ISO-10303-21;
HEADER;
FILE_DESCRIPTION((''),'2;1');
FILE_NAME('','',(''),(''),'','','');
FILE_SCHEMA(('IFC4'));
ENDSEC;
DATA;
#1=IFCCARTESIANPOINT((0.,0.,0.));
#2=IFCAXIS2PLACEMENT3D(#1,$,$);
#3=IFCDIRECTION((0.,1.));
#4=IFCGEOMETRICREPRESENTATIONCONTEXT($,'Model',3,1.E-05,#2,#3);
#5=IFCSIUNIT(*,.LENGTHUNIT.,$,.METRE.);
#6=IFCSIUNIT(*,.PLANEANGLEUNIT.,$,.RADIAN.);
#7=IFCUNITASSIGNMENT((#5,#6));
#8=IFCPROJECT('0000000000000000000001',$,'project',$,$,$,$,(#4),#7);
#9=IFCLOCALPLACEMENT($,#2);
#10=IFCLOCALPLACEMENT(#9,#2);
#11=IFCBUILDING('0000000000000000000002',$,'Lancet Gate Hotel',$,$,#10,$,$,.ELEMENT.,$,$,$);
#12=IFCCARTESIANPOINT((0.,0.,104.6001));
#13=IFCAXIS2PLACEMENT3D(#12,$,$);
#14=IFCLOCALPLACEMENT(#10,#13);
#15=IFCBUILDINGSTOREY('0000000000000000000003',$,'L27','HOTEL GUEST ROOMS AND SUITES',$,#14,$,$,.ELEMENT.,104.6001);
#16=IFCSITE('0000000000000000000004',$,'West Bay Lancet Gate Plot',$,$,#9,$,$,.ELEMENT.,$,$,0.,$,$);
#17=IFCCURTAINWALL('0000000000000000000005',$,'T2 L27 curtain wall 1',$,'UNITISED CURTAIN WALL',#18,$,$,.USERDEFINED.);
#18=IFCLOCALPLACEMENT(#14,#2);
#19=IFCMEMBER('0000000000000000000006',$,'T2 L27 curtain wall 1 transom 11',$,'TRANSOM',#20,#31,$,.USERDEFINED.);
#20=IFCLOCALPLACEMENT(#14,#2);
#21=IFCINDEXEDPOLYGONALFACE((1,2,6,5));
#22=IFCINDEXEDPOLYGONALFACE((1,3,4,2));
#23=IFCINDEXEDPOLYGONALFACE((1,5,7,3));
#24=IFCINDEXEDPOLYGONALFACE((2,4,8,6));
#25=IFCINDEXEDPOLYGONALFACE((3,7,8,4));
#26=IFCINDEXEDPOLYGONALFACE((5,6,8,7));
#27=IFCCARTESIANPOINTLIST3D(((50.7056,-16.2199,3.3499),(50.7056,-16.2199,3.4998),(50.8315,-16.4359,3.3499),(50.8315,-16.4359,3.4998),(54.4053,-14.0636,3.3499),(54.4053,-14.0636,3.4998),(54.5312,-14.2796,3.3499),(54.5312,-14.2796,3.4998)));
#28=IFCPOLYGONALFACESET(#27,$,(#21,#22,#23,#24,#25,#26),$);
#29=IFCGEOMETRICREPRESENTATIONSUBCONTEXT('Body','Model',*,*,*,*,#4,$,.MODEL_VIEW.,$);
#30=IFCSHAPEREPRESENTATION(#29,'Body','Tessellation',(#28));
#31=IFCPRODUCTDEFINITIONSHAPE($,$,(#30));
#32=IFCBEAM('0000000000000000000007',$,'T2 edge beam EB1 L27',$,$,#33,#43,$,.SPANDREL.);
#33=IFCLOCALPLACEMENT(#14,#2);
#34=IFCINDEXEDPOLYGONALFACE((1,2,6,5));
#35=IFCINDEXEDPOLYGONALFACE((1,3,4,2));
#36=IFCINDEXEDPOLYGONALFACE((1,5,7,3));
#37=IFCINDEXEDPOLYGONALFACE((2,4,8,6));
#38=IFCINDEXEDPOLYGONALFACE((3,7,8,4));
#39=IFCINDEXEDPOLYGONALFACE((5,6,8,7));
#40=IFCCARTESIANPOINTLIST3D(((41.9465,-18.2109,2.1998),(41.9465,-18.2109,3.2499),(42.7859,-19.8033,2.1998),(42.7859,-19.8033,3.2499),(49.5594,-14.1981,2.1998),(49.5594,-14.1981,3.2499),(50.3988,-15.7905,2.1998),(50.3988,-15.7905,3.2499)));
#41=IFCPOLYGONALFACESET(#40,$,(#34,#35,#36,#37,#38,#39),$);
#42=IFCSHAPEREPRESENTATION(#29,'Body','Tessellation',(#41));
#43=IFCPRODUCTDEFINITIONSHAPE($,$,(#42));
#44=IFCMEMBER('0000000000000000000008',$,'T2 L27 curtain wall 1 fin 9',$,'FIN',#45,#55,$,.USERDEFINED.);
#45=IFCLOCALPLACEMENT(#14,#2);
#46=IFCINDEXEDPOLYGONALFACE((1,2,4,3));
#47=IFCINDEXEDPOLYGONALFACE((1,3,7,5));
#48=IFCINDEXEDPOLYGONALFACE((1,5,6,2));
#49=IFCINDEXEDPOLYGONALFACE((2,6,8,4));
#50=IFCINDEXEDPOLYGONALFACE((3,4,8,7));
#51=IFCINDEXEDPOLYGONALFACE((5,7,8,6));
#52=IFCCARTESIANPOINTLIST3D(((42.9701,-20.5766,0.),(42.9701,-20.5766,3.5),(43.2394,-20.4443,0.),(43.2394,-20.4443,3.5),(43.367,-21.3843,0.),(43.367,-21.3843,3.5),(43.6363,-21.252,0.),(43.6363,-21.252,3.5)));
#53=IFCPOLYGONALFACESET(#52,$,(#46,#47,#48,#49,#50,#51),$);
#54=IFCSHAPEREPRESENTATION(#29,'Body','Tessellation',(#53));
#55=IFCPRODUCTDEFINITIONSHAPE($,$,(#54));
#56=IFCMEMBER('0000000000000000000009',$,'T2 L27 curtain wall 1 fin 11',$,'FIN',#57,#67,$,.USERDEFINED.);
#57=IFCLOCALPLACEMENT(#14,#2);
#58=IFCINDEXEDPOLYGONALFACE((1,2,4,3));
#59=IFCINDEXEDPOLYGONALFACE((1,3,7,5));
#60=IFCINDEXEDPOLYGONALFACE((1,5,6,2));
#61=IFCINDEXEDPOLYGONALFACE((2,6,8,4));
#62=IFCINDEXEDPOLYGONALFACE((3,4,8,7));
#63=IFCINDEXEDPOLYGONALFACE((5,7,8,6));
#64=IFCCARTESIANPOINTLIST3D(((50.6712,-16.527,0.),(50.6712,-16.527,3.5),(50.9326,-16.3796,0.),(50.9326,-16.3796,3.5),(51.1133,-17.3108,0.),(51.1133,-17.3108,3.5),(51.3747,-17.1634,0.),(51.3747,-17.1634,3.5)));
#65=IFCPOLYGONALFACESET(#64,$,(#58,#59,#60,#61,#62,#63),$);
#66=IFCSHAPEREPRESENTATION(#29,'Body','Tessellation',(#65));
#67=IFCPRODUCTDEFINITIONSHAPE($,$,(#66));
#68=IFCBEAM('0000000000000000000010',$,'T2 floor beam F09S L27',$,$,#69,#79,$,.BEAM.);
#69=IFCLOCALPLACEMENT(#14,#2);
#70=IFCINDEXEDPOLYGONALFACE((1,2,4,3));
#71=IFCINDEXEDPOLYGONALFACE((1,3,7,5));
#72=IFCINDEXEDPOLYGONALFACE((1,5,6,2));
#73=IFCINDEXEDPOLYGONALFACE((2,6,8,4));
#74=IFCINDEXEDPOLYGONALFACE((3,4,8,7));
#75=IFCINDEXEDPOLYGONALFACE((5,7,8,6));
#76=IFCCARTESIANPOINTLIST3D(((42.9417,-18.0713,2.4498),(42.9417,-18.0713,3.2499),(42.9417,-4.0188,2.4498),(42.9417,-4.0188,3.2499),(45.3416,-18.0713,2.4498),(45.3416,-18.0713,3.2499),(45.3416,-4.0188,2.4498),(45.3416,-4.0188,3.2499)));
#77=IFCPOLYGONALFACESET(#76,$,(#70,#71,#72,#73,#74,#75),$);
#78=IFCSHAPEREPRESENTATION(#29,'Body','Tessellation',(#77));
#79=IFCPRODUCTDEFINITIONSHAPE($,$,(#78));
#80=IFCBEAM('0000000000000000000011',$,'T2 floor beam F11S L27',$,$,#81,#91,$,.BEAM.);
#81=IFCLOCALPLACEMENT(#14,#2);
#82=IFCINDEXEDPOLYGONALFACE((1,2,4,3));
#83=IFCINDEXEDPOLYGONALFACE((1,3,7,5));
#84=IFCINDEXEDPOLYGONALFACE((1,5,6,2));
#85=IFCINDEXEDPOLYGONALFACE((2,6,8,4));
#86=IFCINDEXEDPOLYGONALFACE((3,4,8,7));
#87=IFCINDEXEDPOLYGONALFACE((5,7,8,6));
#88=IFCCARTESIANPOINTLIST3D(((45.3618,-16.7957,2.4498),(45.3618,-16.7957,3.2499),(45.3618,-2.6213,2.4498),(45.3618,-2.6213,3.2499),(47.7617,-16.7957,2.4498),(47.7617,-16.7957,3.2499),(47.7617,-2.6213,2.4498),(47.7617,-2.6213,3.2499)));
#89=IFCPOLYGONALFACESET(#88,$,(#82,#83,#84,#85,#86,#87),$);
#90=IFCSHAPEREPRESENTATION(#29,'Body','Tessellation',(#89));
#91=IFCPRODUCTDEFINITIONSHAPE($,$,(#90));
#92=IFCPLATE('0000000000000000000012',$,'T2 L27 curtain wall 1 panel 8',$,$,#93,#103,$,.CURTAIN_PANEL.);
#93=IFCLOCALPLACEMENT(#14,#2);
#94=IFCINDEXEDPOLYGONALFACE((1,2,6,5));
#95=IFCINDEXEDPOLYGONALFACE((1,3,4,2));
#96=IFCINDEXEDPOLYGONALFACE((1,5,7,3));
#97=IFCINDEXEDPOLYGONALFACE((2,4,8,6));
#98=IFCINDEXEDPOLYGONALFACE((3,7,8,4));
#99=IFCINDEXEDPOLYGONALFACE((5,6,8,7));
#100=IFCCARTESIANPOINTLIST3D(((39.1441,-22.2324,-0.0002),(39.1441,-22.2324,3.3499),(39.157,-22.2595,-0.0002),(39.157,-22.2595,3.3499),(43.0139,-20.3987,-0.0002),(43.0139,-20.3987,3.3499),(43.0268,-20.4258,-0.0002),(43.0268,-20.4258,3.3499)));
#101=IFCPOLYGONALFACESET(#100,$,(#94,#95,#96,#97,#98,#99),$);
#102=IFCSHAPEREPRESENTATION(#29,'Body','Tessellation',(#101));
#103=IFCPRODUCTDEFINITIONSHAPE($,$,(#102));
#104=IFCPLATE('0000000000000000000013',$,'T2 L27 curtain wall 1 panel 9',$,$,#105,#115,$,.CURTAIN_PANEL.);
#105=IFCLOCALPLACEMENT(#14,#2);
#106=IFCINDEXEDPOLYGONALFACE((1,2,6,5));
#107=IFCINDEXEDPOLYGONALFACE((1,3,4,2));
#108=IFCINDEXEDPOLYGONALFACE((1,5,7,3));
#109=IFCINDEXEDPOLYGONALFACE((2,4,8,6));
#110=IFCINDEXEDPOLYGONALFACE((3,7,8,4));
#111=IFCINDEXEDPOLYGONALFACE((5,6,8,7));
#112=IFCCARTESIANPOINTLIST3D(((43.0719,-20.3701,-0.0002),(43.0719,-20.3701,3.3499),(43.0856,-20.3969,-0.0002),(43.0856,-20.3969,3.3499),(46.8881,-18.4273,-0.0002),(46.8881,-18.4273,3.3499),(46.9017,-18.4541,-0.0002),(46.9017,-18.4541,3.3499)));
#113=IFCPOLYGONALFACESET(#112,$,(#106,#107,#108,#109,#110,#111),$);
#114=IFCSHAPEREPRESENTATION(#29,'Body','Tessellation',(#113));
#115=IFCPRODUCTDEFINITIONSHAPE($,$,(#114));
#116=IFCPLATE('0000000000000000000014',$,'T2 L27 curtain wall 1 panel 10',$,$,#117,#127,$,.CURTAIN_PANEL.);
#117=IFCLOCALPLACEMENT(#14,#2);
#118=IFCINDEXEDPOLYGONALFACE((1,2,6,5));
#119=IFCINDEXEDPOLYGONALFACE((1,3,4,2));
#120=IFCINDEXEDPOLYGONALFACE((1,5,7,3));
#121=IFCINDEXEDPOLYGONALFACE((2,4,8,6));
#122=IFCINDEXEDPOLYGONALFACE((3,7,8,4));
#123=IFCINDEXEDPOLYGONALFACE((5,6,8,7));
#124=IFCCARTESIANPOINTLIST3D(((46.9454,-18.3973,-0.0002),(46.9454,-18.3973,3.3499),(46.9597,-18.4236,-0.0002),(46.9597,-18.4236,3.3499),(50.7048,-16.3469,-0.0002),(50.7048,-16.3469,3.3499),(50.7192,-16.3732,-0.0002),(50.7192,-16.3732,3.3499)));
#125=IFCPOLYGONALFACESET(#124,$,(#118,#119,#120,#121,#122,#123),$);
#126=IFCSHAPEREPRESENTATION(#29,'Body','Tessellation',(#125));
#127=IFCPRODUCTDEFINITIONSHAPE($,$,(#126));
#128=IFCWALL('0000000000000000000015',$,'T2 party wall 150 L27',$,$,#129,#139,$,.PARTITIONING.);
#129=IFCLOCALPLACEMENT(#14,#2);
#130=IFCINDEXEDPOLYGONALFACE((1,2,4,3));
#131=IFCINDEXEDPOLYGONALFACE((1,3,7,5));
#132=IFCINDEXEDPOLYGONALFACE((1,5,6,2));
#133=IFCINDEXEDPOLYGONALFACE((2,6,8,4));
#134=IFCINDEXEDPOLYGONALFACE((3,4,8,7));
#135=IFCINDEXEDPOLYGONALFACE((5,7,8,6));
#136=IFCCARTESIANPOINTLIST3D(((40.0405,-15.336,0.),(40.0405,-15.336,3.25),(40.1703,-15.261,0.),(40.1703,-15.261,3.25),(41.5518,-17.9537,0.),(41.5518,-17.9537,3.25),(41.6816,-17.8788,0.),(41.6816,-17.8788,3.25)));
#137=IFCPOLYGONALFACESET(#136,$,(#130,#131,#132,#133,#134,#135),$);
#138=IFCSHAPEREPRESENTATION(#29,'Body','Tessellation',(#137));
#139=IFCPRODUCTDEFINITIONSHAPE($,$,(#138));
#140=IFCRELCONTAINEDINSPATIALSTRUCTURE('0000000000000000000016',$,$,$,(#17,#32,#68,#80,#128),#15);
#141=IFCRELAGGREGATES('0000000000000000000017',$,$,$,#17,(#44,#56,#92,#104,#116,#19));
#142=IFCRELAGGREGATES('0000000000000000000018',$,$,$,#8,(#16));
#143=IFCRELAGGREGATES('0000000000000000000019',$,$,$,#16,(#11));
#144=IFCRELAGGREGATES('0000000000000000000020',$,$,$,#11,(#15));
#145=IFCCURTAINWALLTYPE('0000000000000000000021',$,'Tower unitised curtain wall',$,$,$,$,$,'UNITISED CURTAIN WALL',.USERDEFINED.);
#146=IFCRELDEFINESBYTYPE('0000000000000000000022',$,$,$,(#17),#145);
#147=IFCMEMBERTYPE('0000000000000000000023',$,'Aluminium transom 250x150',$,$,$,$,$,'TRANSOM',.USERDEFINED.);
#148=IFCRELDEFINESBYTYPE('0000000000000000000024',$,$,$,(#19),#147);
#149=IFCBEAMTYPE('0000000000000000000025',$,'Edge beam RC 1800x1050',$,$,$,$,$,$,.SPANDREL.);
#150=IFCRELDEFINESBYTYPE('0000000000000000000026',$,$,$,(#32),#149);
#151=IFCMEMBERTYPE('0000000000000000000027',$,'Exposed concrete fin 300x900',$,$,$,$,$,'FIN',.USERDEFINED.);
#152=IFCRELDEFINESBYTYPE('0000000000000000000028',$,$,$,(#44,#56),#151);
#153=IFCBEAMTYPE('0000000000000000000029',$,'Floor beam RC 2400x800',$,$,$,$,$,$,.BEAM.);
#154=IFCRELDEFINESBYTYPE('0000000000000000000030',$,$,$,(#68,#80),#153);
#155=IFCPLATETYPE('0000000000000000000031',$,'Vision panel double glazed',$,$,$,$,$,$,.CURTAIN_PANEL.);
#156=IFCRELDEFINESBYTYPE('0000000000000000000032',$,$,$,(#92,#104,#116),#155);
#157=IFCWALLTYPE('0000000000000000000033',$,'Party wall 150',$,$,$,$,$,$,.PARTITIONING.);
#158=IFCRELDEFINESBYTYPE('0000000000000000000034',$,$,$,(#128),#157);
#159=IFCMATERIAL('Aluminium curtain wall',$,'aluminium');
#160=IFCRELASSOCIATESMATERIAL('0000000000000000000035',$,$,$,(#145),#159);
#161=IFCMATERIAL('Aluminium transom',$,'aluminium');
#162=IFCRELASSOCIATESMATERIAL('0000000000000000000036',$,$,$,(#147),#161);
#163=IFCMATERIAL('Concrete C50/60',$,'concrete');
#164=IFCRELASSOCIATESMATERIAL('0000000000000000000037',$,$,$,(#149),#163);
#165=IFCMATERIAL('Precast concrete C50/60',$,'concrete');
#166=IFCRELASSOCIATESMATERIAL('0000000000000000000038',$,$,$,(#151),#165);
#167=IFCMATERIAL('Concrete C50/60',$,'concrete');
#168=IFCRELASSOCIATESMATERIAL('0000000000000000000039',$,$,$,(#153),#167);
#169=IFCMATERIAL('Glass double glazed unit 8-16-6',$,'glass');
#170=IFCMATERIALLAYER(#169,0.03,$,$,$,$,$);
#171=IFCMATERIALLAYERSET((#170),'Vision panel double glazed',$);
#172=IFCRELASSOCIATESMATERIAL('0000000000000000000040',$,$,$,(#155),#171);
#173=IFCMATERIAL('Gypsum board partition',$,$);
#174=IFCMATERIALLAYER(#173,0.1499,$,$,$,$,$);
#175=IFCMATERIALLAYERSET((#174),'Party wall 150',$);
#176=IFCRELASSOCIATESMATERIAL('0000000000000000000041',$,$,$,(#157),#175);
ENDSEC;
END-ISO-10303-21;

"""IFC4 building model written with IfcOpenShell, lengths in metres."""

from ifc_helpers import new_model, si_unit, direction, frame, frame_2d, origin, origin_2d, place, context, subcontext, project, spatial, rectangle, extrude, material, layer, layer_set, material_profile, profile_set, type_object, element, aggregate, save


model = new_model("IFC4")

# Units and contexts
model_context = context("Model", 3, precision=1e-05, world=origin(), true_north=direction((0.0, 1.0)))
body_context = subcontext(model_context, "Body", "Model", "MODEL_VIEW")
ifc_project = project(units=[si_unit("LENGTHUNIT", "METRE"), si_unit("PLANEANGLEUNIT", "RADIAN")], contexts=[model_context])

# Site, building, storey
site_placement = place(None, origin())
site = spatial("IfcSite", under=ifc_project, at=site_placement, Name="West Bay Lancet Gate Plot", CompositionType="ELEMENT", RefElevation=0.0)
building_placement = place(site_placement, origin())
building = spatial("IfcBuilding", under=site, at=building_placement, Name="Lancet Gate Hotel", CompositionType="ELEMENT")
storey_placement = place(building_placement, frame((0.0, 0.0, 104.6001)))
storey = spatial("IfcBuildingStorey", under=building, at=storey_placement, Name="L27", Description="HOTEL GUEST ROOMS AND SUITES", CompositionType="ELEMENT", Elevation=104.6001)

# Curtain wall, member
ifc_material_1 = material(Name="Aluminium curtain wall", Category="aluminium")
curtain_wall_type = type_object("IfcCurtainWallType", Name="Tower unitised curtain wall", ElementType="UNITISED CURTAIN WALL", PredefinedType="USERDEFINED", material=ifc_material_1)
curtain_wall_placement = place(storey_placement, origin())
curtain_wall = element("IfcCurtainWall", 1, at=curtain_wall_placement, inside=storey, type_object=curtain_wall_type, Name="T2 L27 curtain wall 1", ObjectType="UNITISED CURTAIN WALL", PredefinedType="USERDEFINED")
ifc_material_2 = material(Name="Aluminium transom", Category="aluminium")
ifc_material_profile_1 = material_profile(ifc_material_2, rectangle(XDim=0.25, YDim=0.1499, at=origin_2d()), Name="TRANSOM 250x150")
ifc_profile_set_1 = profile_set([ifc_material_profile_1], Name="Aluminium transom")
member_type_1 = type_object("IfcMemberType", Name="Aluminium transom 250x150", ElementType="TRANSOM", PredefinedType="USERDEFINED", material=ifc_profile_set_1)
member_1_placement = place(storey_placement, frame((50.7686, -16.3279, 3.4248), z_axis=(0.863973, 0.503538, 0.0), x_axis=(-0.503538, 0.863973, 0.0)))
member_1 = element("IfcMember", 2, at=member_1_placement, type_object=member_type_1, Name="T2 L27 curtain wall 1 transom 11", ObjectType="TRANSOM", PredefinedType="USERDEFINED", context=body_context, shape_type="SweptSolid", body=[
    extrude(rectangle(XDim=0.25, YDim=0.1499, at=origin_2d()), origin(), (0.0, 0.0, 1.0), 4.2822),
])

# Beam
ifc_material_3 = material(Name="Concrete C50/60", Category="concrete")
ifc_material_profile_2 = material_profile(ifc_material_3, rectangle(XDim=1.8, YDim=1.05, at=origin_2d()), Name="RC 1800x1050")
ifc_profile_set_2 = profile_set([ifc_material_profile_2], Name="Concrete C50/60")
beam_type_1 = type_object("IfcBeamType", Name="Edge beam RC 1800x1050", PredefinedType="SPANDREL", material=ifc_profile_set_2)
beam_1_placement = place(storey_placement, frame((42.3662, -19.0071, 2.7249), z_axis=(0.884633, 0.466289, 0.0), x_axis=(-0.466289, 0.884633, 0.0)))
element("IfcBeam", 3, at=beam_1_placement, inside=storey, type_object=beam_type_1, Name="T2 edge beam EB1 L27", PredefinedType="SPANDREL", context=body_context, shape_type="SweptSolid", body=[
    extrude(rectangle(XDim=1.8, YDim=1.05, at=origin_2d()), origin(), (0.0, 0.0, 1.0), 8.6057),
])

# Members
ifc_material_4 = material(Name="Precast concrete C50/60", Category="concrete")
ifc_material_profile_3 = material_profile(ifc_material_4, rectangle(XDim=0.3, YDim=0.8999, at=origin_2d()), Name="FIN 300x900")
ifc_profile_set_3 = profile_set([ifc_material_profile_3], Name="Precast concrete C50/60")
member_type_2 = type_object("IfcMemberType", Name="Exposed concrete fin 300x900", ElementType="FIN", PredefinedType="USERDEFINED", material=ifc_profile_set_3)
member_2_placement = place(storey_placement, frame((43.3032, -20.9143, 0.0), z_axis=(0.0, 0.0, 1.0), x_axis=(0.897512, 0.44099, 0.0)))
member_2 = element("IfcMember", 4, at=member_2_placement, type_object=member_type_2, Name="T2 L27 curtain wall 1 fin 9", ObjectType="FIN", PredefinedType="USERDEFINED", context=body_context, shape_type="SweptSolid", body=[
    extrude(rectangle(XDim=0.3, YDim=0.8999, at=origin_2d()), origin(), (0.0, 0.0, 1.0), 3.5),
])
member_3_placement = place(storey_placement, frame((51.0229, -16.8452, 0.0), z_axis=(0.0, 0.0, 1.0), x_axis=(0.871029, 0.491232, 0.0)))
member_3 = element("IfcMember", 5, at=member_3_placement, type_object=member_type_2, Name="T2 L27 curtain wall 1 fin 11", ObjectType="FIN", PredefinedType="USERDEFINED", context=body_context, shape_type="SweptSolid", body=[
    extrude(rectangle(XDim=0.3, YDim=0.8999, at=origin_2d()), origin(), (0.0, 0.0, 1.0), 3.5),
])

# Beams
ifc_material_5 = material(Name="Concrete C50/60", Category="concrete")
ifc_material_profile_4 = material_profile(ifc_material_5, rectangle(XDim=2.3999, YDim=0.8, at=origin_2d()), Name="RC 2400x800")
ifc_profile_set_4 = profile_set([ifc_material_profile_4], Name="Concrete C50/60")
beam_type_2 = type_object("IfcBeamType", Name="Floor beam RC 2400x800", PredefinedType="BEAM", material=ifc_profile_set_4)
beam_2_placement = place(storey_placement, frame((44.1416, -18.0713, 2.8499), z_axis=(0.0, 1.0, 0.0), x_axis=(-1.0, 0.0, 0.0)))
element("IfcBeam", 6, at=beam_2_placement, inside=storey, type_object=beam_type_2, Name="T2 floor beam F09S L27", PredefinedType="BEAM", context=body_context, shape_type="SweptSolid", body=[
    extrude(rectangle(XDim=2.3999, YDim=0.8, at=origin_2d()), origin(), (0.0, 0.0, 1.0), 14.0525),
])
beam_3_placement = place(storey_placement, frame((46.5618, -16.7957, 2.8499), z_axis=(0.0, 1.0, 0.0), x_axis=(-1.0, 0.0, 0.0)))
element("IfcBeam", 7, at=beam_3_placement, inside=storey, type_object=beam_type_2, Name="T2 floor beam F11S L27", PredefinedType="BEAM", context=body_context, shape_type="SweptSolid", body=[
    extrude(rectangle(XDim=2.3999, YDim=0.8, at=origin_2d()), origin(), (0.0, 0.0, 1.0), 14.1743),
])

# Plates
ifc_material_6 = material(Name="Glass double glazed unit 8-16-6", Category="glass")
ifc_layer_1 = layer(ifc_material_6, 0.03)
ifc_layer_set_1 = layer_set([ifc_layer_1], Name="Vision panel double glazed")
plate_type = type_object("IfcPlateType", Name="Vision panel double glazed", PredefinedType="CURTAIN_PANEL", material=ifc_layer_set_1)
plate_1_placement = place(storey_placement, frame((41.0854, -21.3291, -0.0002), z_axis=(0.0, 0.0, 1.0), x_axis=(0.903683, 0.428201, 0.0)))
plate_1 = element("IfcPlate", 8, at=plate_1_placement, type_object=plate_type, Name="T2 L27 curtain wall 1 panel 8", PredefinedType="CURTAIN_PANEL", context=body_context, shape_type="SweptSolid", body=[
    extrude(rectangle(XDim=4.2822, YDim=0.03, at=origin_2d()), origin(), (0.0, 0.0, 1.0), 3.3501),
])
plate_2_placement = place(storey_placement, frame((44.9868, -19.4121, -0.0002), z_axis=(0.0, 0.0, 1.0), x_axis=(0.891159, 0.45369, 0.0)))
plate_2 = element("IfcPlate", 9, at=plate_2_placement, type_object=plate_type, Name="T2 L27 curtain wall 1 panel 9", PredefinedType="CURTAIN_PANEL", context=body_context, shape_type="SweptSolid", body=[
    extrude(rectangle(XDim=4.2822, YDim=0.03, at=origin_2d()), origin(), (0.0, 0.0, 1.0), 3.3501),
])
plate_3_placement = place(storey_placement, frame((48.8323, -17.3853, -0.0002), z_axis=(0.0, 0.0, 1.0), x_axis=(0.877916, 0.478814, 0.0)))
plate_3 = element("IfcPlate", 10, at=plate_3_placement, type_object=plate_type, Name="T2 L27 curtain wall 1 panel 10", PredefinedType="CURTAIN_PANEL", context=body_context, shape_type="SweptSolid", body=[
    extrude(rectangle(XDim=4.2822, YDim=0.03, at=origin_2d()), origin(), (0.0, 0.0, 1.0), 3.3501),
])
aggregate(curtain_wall, [member_2, member_3, plate_1, plate_2, plate_3, member_1])

# Wall
ifc_material_7 = material(Name="Gypsum board partition")
ifc_layer_2 = layer(ifc_material_7, 0.1499)
ifc_layer_set_2 = layer_set([ifc_layer_2], Name="Party wall 150")
wall_type = type_object("IfcWallType", Name="Party wall 150", PredefinedType="PARTITIONING", material=ifc_layer_set_2)
wall_placement = place(storey_placement, frame((40.1055, -15.2986, 0.0), z_axis=(0.0, 0.0, 1.0), x_axis=(0.499979, -0.866038, 0.0)))
element("IfcWall", 11, at=wall_placement, inside=storey, type_object=wall_type, Name="T2 party wall 150 L27", PredefinedType="PARTITIONING", context=body_context, shape_type="SweptSolid", body=[
    extrude(rectangle(XDim=3.0227, YDim=0.1499, at=frame_2d((1.5112, 0.0))), origin(), (0.0, 0.0, 1.0), 3.25),
])

save(model, "model.ifc")
